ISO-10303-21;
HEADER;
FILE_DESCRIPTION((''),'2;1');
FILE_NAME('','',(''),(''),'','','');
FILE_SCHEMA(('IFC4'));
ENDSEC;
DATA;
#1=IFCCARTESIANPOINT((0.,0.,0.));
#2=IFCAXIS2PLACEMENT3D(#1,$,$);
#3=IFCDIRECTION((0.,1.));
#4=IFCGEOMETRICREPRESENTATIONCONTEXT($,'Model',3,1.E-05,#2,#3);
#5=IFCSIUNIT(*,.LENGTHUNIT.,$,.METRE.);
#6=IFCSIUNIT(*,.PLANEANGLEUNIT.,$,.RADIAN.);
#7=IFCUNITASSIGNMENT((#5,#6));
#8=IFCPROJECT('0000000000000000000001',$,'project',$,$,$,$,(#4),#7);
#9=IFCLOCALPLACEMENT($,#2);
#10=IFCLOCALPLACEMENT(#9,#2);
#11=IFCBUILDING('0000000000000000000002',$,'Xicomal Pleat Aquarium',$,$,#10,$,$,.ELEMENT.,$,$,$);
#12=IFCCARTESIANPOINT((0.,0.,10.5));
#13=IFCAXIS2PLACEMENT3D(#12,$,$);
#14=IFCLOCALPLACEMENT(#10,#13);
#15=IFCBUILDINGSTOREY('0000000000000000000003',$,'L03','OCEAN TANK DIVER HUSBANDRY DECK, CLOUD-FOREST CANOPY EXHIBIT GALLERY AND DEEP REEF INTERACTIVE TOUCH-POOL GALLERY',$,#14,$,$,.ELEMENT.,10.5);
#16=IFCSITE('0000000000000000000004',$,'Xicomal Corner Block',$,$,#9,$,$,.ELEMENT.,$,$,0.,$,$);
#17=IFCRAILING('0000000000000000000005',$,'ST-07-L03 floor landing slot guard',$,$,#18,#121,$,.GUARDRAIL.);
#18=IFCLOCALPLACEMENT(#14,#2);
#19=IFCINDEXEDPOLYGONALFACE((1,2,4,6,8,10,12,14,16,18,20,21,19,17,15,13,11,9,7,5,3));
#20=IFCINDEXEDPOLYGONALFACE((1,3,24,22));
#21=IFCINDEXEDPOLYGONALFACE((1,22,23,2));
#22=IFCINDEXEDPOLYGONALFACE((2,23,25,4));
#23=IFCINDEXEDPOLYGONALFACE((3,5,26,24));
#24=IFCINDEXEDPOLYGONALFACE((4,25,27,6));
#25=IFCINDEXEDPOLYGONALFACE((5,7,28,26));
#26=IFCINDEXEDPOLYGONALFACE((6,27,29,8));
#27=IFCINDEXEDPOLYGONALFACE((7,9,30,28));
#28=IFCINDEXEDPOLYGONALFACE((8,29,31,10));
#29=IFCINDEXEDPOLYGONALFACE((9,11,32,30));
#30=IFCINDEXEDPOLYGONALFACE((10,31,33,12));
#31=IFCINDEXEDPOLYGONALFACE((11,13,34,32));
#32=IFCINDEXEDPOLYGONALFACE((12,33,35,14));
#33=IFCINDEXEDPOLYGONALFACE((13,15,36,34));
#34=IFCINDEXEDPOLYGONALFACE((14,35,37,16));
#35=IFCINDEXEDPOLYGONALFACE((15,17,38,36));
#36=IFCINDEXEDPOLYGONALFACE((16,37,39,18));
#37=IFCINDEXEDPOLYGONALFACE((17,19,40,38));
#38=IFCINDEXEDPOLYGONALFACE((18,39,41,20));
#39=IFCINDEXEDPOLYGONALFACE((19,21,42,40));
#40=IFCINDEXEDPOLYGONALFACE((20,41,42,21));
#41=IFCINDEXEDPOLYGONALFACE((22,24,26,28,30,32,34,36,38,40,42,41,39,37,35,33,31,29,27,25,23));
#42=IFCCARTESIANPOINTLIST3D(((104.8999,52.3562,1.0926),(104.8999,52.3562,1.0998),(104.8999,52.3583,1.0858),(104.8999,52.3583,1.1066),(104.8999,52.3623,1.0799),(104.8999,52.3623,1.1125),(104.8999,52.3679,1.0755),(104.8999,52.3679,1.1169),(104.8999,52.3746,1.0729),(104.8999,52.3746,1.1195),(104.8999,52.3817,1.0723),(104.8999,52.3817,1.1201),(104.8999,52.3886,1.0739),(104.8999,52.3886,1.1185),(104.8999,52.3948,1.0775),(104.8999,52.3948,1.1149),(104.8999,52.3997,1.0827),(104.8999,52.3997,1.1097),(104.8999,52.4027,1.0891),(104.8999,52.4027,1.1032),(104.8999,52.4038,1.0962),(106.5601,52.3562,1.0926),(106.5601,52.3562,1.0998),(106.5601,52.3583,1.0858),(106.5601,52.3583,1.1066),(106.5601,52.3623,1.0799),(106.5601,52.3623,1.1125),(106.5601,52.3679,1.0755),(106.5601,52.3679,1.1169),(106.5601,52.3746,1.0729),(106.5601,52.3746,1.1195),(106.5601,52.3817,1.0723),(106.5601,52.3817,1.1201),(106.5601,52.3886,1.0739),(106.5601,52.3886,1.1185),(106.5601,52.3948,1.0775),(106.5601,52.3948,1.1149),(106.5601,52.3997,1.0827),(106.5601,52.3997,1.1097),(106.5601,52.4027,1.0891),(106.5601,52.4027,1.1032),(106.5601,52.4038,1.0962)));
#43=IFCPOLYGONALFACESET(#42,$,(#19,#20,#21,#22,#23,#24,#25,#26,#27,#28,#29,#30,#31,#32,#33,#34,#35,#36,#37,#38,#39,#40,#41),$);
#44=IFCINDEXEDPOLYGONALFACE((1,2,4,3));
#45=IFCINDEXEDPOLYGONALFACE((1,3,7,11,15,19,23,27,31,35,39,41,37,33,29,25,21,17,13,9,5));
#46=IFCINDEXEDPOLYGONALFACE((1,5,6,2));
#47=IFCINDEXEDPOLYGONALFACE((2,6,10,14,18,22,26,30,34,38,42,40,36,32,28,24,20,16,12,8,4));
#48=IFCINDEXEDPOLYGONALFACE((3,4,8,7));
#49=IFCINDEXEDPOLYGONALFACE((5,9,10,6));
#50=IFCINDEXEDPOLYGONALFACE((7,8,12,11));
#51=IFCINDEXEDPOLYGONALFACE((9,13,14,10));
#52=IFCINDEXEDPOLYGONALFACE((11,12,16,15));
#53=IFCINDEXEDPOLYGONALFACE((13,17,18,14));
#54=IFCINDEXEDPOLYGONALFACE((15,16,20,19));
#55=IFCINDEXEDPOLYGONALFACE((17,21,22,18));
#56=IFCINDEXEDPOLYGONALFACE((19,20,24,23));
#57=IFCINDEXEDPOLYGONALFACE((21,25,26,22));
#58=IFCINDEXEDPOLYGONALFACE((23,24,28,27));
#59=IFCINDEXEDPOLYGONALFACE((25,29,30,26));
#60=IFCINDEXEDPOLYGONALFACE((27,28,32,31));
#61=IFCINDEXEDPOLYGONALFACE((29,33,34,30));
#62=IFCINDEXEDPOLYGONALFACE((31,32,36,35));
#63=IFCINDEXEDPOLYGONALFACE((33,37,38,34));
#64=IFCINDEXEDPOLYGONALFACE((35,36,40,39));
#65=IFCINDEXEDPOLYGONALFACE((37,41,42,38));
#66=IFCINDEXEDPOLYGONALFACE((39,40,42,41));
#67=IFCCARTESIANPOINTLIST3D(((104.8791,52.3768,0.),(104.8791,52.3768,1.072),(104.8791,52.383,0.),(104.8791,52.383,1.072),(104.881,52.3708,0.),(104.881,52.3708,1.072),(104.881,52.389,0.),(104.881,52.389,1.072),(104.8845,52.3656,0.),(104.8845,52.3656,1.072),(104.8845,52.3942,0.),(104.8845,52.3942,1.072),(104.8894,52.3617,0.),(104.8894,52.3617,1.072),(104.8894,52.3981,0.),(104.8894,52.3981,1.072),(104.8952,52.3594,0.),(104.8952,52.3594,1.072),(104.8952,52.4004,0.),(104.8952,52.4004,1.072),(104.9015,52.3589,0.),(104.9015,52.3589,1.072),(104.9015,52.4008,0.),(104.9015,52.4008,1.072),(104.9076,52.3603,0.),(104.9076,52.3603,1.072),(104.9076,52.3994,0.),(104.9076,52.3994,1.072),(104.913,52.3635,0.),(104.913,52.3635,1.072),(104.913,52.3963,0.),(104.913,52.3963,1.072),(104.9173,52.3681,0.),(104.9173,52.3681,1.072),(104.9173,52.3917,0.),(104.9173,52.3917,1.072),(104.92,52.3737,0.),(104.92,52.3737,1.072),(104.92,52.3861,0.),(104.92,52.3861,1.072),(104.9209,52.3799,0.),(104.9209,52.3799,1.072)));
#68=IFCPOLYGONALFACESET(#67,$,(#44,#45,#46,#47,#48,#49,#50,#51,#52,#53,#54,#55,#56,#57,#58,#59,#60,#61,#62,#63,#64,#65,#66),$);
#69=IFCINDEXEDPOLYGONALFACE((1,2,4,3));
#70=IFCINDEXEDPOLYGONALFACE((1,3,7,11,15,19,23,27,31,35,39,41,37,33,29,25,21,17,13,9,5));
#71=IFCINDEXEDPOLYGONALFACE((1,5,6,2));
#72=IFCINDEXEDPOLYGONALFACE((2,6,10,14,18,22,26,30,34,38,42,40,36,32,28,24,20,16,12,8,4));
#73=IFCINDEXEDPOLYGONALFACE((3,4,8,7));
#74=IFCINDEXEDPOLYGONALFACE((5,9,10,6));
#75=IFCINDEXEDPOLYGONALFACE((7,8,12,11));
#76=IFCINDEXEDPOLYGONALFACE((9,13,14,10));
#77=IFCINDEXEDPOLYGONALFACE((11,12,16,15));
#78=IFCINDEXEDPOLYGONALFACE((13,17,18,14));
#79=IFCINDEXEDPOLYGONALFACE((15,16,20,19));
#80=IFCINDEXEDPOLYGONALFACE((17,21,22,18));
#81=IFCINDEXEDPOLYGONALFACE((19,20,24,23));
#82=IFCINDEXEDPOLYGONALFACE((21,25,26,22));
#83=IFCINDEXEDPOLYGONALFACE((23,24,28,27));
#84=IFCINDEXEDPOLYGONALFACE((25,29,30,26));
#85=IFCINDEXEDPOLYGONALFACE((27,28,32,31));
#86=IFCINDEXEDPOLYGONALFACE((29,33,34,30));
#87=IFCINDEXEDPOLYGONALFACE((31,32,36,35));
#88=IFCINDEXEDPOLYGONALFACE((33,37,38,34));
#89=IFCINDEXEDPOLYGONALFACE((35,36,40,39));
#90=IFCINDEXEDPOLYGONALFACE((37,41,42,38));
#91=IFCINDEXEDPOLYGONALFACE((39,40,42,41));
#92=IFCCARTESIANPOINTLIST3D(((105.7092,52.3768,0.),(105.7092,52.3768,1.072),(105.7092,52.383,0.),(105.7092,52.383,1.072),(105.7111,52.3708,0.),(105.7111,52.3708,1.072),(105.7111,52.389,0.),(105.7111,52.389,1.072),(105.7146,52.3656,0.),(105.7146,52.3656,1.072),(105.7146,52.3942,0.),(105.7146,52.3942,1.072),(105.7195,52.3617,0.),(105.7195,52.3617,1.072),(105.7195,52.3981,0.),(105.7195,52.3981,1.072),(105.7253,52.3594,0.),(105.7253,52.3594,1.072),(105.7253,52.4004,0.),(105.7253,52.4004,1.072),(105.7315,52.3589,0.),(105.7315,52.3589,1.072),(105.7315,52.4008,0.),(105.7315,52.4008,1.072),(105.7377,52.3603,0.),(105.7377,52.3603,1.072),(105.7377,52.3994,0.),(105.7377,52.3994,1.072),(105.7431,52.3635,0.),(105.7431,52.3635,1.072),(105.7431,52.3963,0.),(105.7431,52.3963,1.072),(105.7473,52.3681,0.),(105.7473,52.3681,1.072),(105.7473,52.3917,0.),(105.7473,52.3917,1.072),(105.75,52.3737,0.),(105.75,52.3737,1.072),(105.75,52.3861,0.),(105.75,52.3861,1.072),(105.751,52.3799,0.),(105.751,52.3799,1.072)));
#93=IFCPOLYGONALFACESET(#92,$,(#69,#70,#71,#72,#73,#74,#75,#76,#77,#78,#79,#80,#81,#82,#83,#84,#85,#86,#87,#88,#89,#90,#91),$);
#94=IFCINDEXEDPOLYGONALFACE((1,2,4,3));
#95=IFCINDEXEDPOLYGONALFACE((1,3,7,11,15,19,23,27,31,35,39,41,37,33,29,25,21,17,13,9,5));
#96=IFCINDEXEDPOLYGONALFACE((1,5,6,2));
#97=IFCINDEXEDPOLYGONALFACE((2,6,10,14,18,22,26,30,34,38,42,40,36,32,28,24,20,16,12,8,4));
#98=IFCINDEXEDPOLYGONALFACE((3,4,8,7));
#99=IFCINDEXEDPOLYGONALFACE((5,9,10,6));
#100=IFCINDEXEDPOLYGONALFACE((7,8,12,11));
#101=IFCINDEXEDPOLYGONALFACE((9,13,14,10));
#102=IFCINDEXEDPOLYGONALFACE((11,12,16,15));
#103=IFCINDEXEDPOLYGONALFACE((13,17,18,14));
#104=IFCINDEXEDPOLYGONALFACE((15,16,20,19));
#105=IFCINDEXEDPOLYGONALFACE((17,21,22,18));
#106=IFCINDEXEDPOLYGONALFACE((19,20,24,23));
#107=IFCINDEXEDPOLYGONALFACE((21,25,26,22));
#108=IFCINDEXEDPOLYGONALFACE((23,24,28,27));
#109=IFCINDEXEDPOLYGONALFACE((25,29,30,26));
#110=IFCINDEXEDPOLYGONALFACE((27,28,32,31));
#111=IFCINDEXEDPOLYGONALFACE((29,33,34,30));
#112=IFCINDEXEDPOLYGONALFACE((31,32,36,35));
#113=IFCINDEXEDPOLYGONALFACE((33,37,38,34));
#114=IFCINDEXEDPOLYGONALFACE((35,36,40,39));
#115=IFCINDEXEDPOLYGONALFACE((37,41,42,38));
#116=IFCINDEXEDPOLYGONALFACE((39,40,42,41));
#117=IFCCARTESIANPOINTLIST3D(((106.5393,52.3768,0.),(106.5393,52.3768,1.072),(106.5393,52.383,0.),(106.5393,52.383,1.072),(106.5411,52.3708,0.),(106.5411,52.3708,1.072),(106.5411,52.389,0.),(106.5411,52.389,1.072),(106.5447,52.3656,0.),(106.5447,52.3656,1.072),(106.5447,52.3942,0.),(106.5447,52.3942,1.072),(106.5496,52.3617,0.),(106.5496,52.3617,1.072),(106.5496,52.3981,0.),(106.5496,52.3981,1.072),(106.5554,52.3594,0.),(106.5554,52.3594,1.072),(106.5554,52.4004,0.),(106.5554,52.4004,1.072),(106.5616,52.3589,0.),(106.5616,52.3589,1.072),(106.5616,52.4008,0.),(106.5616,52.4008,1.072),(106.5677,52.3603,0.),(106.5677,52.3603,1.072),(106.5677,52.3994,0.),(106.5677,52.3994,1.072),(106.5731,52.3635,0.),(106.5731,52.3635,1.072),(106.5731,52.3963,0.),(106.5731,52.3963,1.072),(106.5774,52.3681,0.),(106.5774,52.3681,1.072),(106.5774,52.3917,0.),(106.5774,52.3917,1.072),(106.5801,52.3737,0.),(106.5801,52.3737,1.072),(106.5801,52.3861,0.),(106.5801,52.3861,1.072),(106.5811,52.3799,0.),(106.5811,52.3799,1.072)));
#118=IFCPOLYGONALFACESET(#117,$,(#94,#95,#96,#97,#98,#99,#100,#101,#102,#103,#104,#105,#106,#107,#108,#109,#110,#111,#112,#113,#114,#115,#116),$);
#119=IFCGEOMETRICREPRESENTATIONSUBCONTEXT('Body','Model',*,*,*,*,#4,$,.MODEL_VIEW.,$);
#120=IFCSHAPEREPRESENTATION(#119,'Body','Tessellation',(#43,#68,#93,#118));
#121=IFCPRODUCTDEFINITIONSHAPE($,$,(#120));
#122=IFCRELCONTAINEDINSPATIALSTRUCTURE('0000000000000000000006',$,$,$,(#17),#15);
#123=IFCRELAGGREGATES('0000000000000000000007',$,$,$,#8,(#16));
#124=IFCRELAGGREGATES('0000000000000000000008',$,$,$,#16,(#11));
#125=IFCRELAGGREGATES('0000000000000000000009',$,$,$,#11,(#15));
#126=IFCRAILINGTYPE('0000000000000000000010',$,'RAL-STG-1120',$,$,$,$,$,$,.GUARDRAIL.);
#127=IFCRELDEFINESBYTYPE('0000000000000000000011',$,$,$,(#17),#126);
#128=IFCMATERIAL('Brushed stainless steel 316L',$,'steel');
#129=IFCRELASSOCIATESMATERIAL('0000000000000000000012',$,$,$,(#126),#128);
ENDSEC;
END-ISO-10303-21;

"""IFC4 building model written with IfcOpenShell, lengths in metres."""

from ifc_helpers import new_model, si_unit, direction, frame, origin, origin_2d, place, context, subcontext, project, spatial, circle, extrude, material, type_object, element, save


model = new_model("IFC4")

# Units and contexts
model_context = context("Model", 3, precision=1e-05, world=origin(), true_north=direction((0.0, 1.0)))
body_context = subcontext(model_context, "Body", "Model", "MODEL_VIEW")
ifc_project = project(units=[si_unit("LENGTHUNIT", "METRE"), si_unit("PLANEANGLEUNIT", "RADIAN")], contexts=[model_context])

# Site, building, storey
site_placement = place(None, origin())
site = spatial("IfcSite", under=ifc_project, at=site_placement, Name="Xicomal Corner Block", CompositionType="ELEMENT", RefElevation=0.0)
building_placement = place(site_placement, origin())
building = spatial("IfcBuilding", under=site, at=building_placement, Name="Xicomal Pleat Aquarium", CompositionType="ELEMENT")
storey_placement = place(building_placement, frame((0.0, 0.0, 10.5)))
storey = spatial("IfcBuildingStorey", under=building, at=storey_placement, Name="L03", Description="OCEAN TANK DIVER HUSBANDRY DECK, CLOUD-FOREST CANOPY EXHIBIT GALLERY AND DEEP REEF INTERACTIVE TOUCH-POOL GALLERY", CompositionType="ELEMENT", Elevation=10.5)

# Railing
ifc_material_1 = material(Name="Brushed stainless steel 316L", Category="steel")
railing_type_1 = type_object("IfcRailingType", Name="RAL-STG-1120", PredefinedType="GUARDRAIL", material=ifc_material_1)
railing_1_placement = place(storey_placement, frame((104.8999, 52.3799, 0.0)))
element("IfcRailing", 1, at=railing_1_placement, inside=storey, type_object=railing_type_1, Name="ST-07-L03 floor landing slot guard", PredefinedType="GUARDRAIL", context=body_context, shape_type="SweptSolid", body=[
    extrude(circle(Radius=0.0239, at=origin_2d()), frame((0.0, 0.0, 1.0962), z_axis=(1.0, 0.0, 0.0), x_axis=(0.0, 1.0, 0.0)), (0.0, 0.0, 1.0), 1.6602),
    extrude(circle(Radius=0.021, at=origin_2d()), origin(), (0.0, 0.0, 1.0), 1.072),
    extrude(circle(Radius=0.021, at=origin_2d()), frame((0.8301, 0.0, 0.0)), (0.0, 0.0, 1.0), 1.072),
    extrude(circle(Radius=0.021, at=origin_2d()), frame((1.6602, 0.0, 0.0)), (0.0, 0.0, 1.0), 1.072),
])

save(model, "model.ifc")
